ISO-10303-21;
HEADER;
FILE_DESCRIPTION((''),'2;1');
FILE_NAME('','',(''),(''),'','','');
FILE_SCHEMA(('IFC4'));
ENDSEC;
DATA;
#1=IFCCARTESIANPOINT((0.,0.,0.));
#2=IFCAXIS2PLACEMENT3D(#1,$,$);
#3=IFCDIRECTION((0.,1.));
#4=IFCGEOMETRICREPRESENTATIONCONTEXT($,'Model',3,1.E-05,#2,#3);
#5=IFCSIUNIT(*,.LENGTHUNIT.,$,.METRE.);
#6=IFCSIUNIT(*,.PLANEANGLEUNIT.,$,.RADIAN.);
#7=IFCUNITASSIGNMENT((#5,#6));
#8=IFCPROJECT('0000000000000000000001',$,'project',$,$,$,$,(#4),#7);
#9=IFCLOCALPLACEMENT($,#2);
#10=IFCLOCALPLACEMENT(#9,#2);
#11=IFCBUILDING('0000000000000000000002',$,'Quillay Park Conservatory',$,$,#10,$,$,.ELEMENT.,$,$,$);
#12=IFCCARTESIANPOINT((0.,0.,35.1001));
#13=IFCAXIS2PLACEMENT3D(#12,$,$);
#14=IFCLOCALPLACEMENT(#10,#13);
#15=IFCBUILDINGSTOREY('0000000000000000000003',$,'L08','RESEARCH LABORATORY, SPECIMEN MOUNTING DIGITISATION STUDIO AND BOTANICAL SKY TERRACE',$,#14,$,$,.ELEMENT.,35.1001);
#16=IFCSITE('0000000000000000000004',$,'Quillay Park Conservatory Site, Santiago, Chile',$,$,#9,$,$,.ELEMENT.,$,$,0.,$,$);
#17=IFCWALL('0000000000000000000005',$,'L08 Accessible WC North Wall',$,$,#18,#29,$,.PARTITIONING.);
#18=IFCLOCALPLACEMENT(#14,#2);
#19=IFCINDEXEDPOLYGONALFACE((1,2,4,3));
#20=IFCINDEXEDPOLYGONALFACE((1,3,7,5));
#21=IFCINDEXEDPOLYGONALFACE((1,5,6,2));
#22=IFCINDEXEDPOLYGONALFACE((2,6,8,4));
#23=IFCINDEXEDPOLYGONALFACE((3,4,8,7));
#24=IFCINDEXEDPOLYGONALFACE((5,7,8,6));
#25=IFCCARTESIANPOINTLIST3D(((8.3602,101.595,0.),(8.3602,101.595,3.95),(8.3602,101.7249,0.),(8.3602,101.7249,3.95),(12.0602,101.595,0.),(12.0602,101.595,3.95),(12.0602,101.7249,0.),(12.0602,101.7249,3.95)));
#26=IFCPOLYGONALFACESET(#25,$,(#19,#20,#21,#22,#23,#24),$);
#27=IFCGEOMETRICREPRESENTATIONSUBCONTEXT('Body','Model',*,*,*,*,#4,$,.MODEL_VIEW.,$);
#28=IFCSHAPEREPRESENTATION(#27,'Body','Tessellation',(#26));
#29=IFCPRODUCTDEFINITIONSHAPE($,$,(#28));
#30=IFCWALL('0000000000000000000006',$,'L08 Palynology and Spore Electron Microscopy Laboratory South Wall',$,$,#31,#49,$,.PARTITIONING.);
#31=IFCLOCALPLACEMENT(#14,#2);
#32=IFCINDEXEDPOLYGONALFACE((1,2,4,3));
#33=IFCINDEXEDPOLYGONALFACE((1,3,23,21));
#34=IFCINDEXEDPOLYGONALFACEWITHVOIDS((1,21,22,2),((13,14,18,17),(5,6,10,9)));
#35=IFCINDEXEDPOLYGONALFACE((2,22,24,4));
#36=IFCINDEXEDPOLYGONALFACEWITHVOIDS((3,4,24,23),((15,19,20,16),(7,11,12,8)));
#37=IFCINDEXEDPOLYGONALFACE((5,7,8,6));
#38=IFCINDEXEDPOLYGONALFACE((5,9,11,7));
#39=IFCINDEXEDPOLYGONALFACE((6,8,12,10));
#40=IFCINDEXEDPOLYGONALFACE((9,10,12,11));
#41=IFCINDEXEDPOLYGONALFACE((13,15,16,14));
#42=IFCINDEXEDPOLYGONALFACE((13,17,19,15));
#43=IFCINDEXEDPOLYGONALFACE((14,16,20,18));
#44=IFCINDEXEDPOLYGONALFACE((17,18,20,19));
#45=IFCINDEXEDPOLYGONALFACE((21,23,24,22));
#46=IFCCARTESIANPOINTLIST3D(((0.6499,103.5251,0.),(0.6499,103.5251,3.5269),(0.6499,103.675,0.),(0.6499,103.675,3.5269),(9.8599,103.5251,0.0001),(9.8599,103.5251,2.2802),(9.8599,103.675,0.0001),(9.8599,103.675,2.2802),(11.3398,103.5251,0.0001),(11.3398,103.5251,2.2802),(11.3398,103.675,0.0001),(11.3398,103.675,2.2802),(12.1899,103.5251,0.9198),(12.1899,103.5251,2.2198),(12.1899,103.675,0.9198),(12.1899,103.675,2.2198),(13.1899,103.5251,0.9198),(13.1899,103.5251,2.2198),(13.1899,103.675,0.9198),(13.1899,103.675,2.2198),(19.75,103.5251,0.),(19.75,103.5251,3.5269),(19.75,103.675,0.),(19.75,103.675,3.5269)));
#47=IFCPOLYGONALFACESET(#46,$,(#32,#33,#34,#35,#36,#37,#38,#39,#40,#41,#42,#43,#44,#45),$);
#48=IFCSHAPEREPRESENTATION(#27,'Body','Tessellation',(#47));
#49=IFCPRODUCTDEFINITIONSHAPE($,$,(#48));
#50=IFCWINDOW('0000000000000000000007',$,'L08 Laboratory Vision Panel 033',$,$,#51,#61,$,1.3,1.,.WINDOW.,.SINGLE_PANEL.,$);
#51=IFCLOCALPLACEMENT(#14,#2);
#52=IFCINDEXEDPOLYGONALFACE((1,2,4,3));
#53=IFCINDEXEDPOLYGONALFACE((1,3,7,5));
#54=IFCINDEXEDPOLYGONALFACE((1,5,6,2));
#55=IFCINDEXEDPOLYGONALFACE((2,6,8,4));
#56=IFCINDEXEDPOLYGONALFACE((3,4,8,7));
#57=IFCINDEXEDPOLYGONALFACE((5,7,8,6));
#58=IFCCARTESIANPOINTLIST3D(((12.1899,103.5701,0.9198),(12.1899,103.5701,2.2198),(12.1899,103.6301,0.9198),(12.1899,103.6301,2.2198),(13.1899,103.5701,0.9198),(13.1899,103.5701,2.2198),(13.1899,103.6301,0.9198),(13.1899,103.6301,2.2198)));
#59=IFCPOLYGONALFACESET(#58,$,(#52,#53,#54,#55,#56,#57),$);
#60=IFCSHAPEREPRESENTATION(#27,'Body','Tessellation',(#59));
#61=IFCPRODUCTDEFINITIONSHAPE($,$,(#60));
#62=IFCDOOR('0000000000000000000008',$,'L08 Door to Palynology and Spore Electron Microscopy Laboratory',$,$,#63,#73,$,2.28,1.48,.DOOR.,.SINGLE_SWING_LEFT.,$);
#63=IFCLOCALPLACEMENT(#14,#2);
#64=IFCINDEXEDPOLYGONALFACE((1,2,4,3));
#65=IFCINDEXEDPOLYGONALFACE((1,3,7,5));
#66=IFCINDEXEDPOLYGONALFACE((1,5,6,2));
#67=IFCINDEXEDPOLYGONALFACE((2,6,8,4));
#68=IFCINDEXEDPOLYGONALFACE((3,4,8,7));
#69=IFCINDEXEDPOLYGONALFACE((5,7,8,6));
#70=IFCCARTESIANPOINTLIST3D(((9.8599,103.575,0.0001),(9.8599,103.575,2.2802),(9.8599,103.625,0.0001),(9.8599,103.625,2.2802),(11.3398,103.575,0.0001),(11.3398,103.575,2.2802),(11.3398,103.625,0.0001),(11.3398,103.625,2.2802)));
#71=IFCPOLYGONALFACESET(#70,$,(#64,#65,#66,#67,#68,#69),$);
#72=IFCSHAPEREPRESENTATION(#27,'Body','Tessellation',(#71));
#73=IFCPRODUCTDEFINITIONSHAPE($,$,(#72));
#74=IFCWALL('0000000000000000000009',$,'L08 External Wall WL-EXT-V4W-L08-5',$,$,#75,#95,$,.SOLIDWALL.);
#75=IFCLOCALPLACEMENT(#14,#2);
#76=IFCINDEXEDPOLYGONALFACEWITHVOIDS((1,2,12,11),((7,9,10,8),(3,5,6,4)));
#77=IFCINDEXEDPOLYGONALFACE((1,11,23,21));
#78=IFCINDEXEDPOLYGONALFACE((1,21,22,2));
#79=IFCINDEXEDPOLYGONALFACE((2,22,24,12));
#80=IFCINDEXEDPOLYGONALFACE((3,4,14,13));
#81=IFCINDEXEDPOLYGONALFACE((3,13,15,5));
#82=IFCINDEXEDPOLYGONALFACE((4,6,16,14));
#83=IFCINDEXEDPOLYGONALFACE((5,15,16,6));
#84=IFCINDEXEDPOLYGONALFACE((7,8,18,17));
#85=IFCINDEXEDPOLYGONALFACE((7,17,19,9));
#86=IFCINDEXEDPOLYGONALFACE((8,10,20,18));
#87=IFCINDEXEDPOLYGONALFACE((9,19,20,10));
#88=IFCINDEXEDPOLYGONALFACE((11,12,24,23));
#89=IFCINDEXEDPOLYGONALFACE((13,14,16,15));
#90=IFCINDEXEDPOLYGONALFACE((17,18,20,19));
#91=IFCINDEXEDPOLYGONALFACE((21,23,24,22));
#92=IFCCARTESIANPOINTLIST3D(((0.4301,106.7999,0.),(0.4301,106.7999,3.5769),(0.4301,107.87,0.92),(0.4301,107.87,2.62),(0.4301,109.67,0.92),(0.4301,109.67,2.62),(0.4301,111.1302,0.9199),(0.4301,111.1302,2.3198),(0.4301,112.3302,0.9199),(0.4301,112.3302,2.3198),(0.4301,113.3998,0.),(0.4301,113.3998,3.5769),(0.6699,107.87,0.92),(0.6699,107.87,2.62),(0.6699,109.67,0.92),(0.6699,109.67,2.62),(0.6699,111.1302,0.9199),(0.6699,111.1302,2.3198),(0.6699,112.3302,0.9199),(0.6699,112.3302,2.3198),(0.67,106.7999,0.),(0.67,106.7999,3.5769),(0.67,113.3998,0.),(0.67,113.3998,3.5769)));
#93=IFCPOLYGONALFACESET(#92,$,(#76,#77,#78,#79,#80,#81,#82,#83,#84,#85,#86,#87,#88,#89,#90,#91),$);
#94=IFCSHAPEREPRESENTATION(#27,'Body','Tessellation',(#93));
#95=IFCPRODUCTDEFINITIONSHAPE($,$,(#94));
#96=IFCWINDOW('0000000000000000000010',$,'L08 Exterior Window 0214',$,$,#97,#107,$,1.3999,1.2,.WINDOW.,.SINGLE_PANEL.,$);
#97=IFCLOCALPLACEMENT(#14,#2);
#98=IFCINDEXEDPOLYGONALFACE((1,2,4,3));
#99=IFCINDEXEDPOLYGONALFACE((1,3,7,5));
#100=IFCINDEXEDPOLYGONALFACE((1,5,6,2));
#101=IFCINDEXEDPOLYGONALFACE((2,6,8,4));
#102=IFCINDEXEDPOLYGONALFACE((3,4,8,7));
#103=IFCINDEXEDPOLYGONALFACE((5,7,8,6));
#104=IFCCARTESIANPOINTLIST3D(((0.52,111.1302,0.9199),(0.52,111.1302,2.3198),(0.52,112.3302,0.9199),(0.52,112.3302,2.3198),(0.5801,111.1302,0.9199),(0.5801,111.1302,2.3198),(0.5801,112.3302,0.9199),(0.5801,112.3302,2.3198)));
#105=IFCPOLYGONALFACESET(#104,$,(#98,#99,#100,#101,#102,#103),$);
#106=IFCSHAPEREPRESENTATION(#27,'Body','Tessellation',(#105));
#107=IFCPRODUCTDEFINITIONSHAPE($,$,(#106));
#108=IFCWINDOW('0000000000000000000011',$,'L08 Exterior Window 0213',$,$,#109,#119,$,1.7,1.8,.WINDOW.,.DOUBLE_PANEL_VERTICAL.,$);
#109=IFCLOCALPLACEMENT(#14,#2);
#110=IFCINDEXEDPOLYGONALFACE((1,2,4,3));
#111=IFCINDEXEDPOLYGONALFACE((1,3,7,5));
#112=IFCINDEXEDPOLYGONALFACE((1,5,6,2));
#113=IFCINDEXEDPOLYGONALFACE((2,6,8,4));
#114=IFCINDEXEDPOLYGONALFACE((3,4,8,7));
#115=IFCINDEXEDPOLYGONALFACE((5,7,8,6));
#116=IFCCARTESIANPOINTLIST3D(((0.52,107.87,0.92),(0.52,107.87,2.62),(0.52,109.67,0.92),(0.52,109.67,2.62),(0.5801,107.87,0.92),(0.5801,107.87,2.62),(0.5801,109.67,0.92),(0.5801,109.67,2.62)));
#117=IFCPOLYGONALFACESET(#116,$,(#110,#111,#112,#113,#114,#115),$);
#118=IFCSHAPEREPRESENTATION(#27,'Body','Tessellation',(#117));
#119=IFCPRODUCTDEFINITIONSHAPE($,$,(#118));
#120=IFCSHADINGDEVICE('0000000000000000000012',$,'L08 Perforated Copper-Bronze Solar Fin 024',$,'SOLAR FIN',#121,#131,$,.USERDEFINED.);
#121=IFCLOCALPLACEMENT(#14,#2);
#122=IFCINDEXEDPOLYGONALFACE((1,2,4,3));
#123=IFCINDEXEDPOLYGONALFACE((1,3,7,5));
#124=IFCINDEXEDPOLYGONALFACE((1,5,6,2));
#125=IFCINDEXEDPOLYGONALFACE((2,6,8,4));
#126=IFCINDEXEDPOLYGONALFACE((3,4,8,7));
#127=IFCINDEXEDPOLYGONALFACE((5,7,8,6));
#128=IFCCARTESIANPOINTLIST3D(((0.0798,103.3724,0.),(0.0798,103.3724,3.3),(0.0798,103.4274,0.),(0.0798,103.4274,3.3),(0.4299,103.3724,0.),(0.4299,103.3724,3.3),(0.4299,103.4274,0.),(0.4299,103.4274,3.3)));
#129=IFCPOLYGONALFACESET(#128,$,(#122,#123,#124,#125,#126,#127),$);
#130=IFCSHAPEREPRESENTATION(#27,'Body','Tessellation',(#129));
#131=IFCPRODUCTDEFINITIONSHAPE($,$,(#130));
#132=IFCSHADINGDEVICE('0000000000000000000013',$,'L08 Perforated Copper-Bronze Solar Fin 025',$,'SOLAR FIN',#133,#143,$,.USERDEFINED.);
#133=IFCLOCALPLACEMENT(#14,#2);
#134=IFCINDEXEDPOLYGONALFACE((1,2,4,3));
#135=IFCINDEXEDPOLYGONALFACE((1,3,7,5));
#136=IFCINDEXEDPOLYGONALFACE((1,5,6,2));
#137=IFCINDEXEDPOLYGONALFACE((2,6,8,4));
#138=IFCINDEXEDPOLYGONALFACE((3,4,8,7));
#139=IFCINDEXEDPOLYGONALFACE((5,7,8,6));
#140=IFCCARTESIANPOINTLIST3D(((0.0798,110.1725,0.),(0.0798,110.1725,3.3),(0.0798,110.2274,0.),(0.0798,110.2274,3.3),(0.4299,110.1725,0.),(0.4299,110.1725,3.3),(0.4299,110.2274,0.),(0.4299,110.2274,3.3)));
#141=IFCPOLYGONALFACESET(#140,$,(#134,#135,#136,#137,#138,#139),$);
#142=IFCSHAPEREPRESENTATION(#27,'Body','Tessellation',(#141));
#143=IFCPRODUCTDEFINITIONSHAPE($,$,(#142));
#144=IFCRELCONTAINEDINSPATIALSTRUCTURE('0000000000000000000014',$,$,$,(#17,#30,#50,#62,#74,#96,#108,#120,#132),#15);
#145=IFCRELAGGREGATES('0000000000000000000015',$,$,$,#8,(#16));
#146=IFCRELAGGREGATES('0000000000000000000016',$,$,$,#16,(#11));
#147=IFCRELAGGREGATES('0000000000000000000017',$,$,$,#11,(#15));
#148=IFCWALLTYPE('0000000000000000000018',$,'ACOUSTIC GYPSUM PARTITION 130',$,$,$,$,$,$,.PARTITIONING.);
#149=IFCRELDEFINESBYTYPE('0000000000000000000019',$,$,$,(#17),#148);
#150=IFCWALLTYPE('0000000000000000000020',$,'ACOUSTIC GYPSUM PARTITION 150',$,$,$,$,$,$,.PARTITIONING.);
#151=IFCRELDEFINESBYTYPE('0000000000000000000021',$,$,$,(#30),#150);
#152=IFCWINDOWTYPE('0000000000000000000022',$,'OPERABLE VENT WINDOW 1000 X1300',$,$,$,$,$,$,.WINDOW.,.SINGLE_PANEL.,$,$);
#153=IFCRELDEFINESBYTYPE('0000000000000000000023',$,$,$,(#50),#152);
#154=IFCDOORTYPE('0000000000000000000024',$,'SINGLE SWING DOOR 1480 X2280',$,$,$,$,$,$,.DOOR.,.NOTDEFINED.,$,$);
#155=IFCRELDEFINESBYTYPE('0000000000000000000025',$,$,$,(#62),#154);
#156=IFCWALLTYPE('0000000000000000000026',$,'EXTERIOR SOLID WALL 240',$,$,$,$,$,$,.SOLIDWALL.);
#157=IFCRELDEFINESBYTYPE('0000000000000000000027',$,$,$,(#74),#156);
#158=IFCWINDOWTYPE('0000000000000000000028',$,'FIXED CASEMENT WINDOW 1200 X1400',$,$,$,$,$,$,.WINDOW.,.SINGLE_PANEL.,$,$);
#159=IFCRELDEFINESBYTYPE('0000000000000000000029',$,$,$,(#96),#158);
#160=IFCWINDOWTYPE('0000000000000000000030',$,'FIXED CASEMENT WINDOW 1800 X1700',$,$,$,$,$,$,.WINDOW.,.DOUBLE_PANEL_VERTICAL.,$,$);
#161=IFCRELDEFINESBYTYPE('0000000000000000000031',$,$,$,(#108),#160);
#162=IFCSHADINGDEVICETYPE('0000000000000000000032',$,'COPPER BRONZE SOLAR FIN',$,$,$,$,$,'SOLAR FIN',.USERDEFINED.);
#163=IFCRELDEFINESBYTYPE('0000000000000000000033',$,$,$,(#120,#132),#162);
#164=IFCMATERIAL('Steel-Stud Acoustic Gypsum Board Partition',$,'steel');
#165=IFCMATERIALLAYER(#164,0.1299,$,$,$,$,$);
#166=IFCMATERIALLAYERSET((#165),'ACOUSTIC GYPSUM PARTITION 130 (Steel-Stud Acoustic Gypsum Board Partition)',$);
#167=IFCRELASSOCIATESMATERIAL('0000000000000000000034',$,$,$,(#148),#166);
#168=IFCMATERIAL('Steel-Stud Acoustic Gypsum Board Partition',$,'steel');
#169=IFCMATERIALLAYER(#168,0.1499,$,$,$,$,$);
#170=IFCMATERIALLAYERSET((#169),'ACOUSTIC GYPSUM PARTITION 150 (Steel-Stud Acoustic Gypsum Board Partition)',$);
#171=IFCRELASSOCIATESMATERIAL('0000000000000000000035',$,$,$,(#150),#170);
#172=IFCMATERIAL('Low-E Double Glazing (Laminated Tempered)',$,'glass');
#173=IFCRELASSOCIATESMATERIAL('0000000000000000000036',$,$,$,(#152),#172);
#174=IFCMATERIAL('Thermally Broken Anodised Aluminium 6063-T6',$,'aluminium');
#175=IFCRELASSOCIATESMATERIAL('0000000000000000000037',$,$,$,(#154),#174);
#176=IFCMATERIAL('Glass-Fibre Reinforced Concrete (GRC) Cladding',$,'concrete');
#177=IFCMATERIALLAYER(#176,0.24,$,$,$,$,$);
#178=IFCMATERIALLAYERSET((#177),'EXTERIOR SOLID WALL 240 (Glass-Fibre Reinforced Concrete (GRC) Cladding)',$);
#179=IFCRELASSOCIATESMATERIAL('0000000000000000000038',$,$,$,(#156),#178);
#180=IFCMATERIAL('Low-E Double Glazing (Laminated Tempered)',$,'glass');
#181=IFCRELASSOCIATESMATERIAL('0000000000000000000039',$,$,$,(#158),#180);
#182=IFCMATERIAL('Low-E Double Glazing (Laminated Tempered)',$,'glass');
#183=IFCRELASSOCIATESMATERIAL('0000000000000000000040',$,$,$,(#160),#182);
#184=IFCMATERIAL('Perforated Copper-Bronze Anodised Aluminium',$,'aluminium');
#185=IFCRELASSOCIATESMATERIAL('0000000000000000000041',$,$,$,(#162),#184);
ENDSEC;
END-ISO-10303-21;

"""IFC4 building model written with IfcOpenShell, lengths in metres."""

from ifc_helpers import new_model, si_unit, direction, frame, frame_2d, origin, origin_2d, place, context, subcontext, project, spatial, rectangle, extrude, material, layer, layer_set, type_object, element, fill, save


model = new_model("IFC4")

# Units and contexts
model_context = context("Model", 3, precision=1e-05, world=origin(), true_north=direction((0.0, 1.0)))
body_context = subcontext(model_context, "Body", "Model", "MODEL_VIEW")
ifc_project = project(units=[si_unit("LENGTHUNIT", "METRE"), si_unit("PLANEANGLEUNIT", "RADIAN")], contexts=[model_context])

# Site, building, storey
site_placement = place(None, origin())
site = spatial("IfcSite", under=ifc_project, at=site_placement, Name="Quillay Park Conservatory Site, Santiago, Chile", CompositionType="ELEMENT", RefElevation=0.0)
building_placement = place(site_placement, origin())
building = spatial("IfcBuilding", under=site, at=building_placement, Name="Quillay Park Conservatory", CompositionType="ELEMENT")
storey_placement = place(building_placement, frame((0.0, 0.0, 35.1001)))
storey = spatial("IfcBuildingStorey", under=building, at=storey_placement, Name="L08", Description="RESEARCH LABORATORY, SPECIMEN MOUNTING DIGITISATION STUDIO AND BOTANICAL SKY TERRACE", CompositionType="ELEMENT", Elevation=35.1001)

# Wall
ifc_material_1 = material(Name="Steel-Stud Acoustic Gypsum Board Partition", Category="steel")
ifc_layer_1 = layer(ifc_material_1, 0.1299)
ifc_layer_set_1 = layer_set([ifc_layer_1], Name="ACOUSTIC GYPSUM PARTITION 130 (Steel-Stud Acoustic Gypsum Board Partition)")
wall_type_1 = type_object("IfcWallType", Name="ACOUSTIC GYPSUM PARTITION 130", PredefinedType="PARTITIONING", material=ifc_layer_set_1)
wall_1_placement = place(storey_placement, frame((8.3601, 101.6599, 0.0), z_axis=(0.0, 0.0, 1.0), x_axis=(1.0, 0.0, 0.0)))
element("IfcWall", 1, at=wall_1_placement, inside=storey, type_object=wall_type_1, Name="L08 Accessible WC North Wall", PredefinedType="PARTITIONING", context=body_context, shape_type="SweptSolid", body=[
    extrude(rectangle(XDim=3.7, YDim=0.1299, at=frame_2d((1.8501, 0.0))), origin(), (0.0, 0.0, 1.0), 3.95),
])

# Wall, openings, window, door
ifc_material_2 = material(Name="Steel-Stud Acoustic Gypsum Board Partition", Category="steel")
ifc_layer_2 = layer(ifc_material_2, 0.1499)
ifc_layer_set_2 = layer_set([ifc_layer_2], Name="ACOUSTIC GYPSUM PARTITION 150 (Steel-Stud Acoustic Gypsum Board Partition)")
wall_type_2 = type_object("IfcWallType", Name="ACOUSTIC GYPSUM PARTITION 150", PredefinedType="PARTITIONING", material=ifc_layer_set_2)
wall_2_placement = place(storey_placement, frame((0.6499, 103.6001, 0.0), z_axis=(0.0, 0.0, 1.0), x_axis=(1.0, 0.0, 0.0)))
wall_2 = element("IfcWall", 2, at=wall_2_placement, inside=storey, type_object=wall_type_2, Name="L08 Palynology and Spore Electron Microscopy Laboratory South Wall", PredefinedType="PARTITIONING", context=body_context, shape_type="SweptSolid", body=[
    extrude(rectangle(XDim=19.1001, YDim=0.1499, at=frame_2d((9.55, 0.0))), origin(), (0.0, 0.0, 1.0), 3.5269),
])
opening_1_placement = place(wall_2_placement, frame((9.21, 0.0, 0.0)))
opening_1 = element("IfcOpeningElement", 3, at=opening_1_placement, cuts=wall_2, PredefinedType="OPENING", context=body_context, shape_type="SweptSolid", body=[
    extrude(rectangle(XDim=1.48, YDim=2.28, at=frame_2d((0.74, 1.1401))), frame((0.0, 0.075, 0.0), z_axis=(0.0, -1.0, 0.0), x_axis=(1.0, 0.0, 0.0)), (0.0, 0.0, 1.0), 0.1499),
])
opening_2_placement = place(wall_2_placement, frame((11.54, 0.0, 0.9199)))
opening_2 = element("IfcOpeningElement", 4, at=opening_2_placement, cuts=wall_2, PredefinedType="OPENING", context=body_context, shape_type="SweptSolid", body=[
    extrude(rectangle(XDim=1.0, YDim=1.3, at=frame_2d((0.5, 0.6499))), frame((0.0, 0.075, 0.0), z_axis=(0.0, -1.0, 0.0), x_axis=(1.0, 0.0, 0.0)), (0.0, 0.0, 1.0), 0.1499),
])
ifc_material_3 = material(Name="Low-E Double Glazing (Laminated Tempered)", Category="glass")
window_type_1 = type_object("IfcWindowType", Name="OPERABLE VENT WINDOW 1000 X1300", PartitioningType="SINGLE_PANEL", PredefinedType="WINDOW", material=ifc_material_3)
window_1_placement = place(opening_2_placement, origin())
window_1 = element("IfcWindow", 5, at=window_1_placement, inside=storey, type_object=window_type_1, Name="L08 Laboratory Vision Panel 033", OverallHeight=1.3, OverallWidth=1.0, PartitioningType="SINGLE_PANEL", PredefinedType="WINDOW", context=body_context, shape_type="SweptSolid", body=[
    extrude(rectangle(XDim=1.0, YDim=1.3, at=frame_2d((0.5, 0.6499))), frame((0.0, 0.03, 0.0), z_axis=(0.0, -1.0, 0.0), x_axis=(1.0, 0.0, 0.0)), (0.0, 0.0, 1.0), 0.0601),
])
fill(opening_2, window_1)
ifc_material_4 = material(Name="Thermally Broken Anodised Aluminium 6063-T6", Category="aluminium")
door_type_1 = type_object("IfcDoorType", Name="SINGLE SWING DOOR 1480 X2280", OperationType="NOTDEFINED", PredefinedType="DOOR", material=ifc_material_4)
door_1_placement = place(opening_1_placement, origin())
door_1 = element("IfcDoor", 6, at=door_1_placement, inside=storey, type_object=door_type_1, Name="L08 Door to Palynology and Spore Electron Microscopy Laboratory", OperationType="SINGLE_SWING_LEFT", OverallHeight=2.28, OverallWidth=1.48, PredefinedType="DOOR", context=body_context, shape_type="SweptSolid", body=[
    extrude(rectangle(XDim=1.48, YDim=2.28, at=frame_2d((0.74, 1.1401))), frame((0.0, 0.0249, 0.0), z_axis=(0.0, -1.0, 0.0), x_axis=(1.0, 0.0, 0.0)), (0.0, 0.0, 1.0), 0.05),
])
fill(opening_1, door_1)

# Wall, openings, windows
ifc_material_5 = material(Name="Glass-Fibre Reinforced Concrete (GRC) Cladding", Category="concrete")
ifc_layer_3 = layer(ifc_material_5, 0.24)
ifc_layer_set_3 = layer_set([ifc_layer_3], Name="EXTERIOR SOLID WALL 240 (Glass-Fibre Reinforced Concrete (GRC) Cladding)")
wall_type_3 = type_object("IfcWallType", Name="EXTERIOR SOLID WALL 240", PredefinedType="SOLIDWALL", material=ifc_layer_set_3)
wall_3_placement = place(storey_placement, frame((0.55, 106.8, 0.0), z_axis=(0.0, 0.0, 1.0), x_axis=(0.0, 1.0, 0.0)))
wall_3 = element("IfcWall", 7, at=wall_3_placement, inside=storey, type_object=wall_type_3, Name="L08 External Wall WL-EXT-V4W-L08-5", PredefinedType="SOLIDWALL", context=body_context, shape_type="SweptSolid", body=[
    extrude(rectangle(XDim=6.5999, YDim=0.24, at=frame_2d((3.2998, 0.0))), origin(), (0.0, 0.0, 1.0), 3.5769),
])
opening_3_placement = place(wall_3_placement, frame((1.0701, 0.0, 0.9199)))
opening_3 = element("IfcOpeningElement", 8, at=opening_3_placement, cuts=wall_3, PredefinedType="OPENING", context=body_context, shape_type="SweptSolid", body=[
    extrude(rectangle(XDim=1.8, YDim=1.7, at=frame_2d((0.8999, 0.8501))), frame((0.0, 0.1201, 0.0), z_axis=(0.0, -1.0, 0.0), x_axis=(1.0, 0.0, 0.0)), (0.0, 0.0, 1.0), 0.24),
])
opening_4_placement = place(wall_3_placement, frame((4.3301, 0.0, 0.9199)))
opening_4 = element("IfcOpeningElement", 9, at=opening_4_placement, cuts=wall_3, PredefinedType="OPENING", context=body_context, shape_type="SweptSolid", body=[
    extrude(rectangle(XDim=1.2, YDim=1.3999, at=frame_2d((0.6001, 0.7))), frame((0.0, 0.1201, 0.0), z_axis=(0.0, -1.0, 0.0), x_axis=(1.0, 0.0, 0.0)), (0.0, 0.0, 1.0), 0.24),
])
ifc_material_6 = material(Name="Low-E Double Glazing (Laminated Tempered)", Category="glass")
window_type_2 = type_object("IfcWindowType", Name="FIXED CASEMENT WINDOW 1200 X1400", PartitioningType="SINGLE_PANEL", PredefinedType="WINDOW", material=ifc_material_6)
window_2_placement = place(opening_4_placement, origin())
window_2 = element("IfcWindow", 10, at=window_2_placement, inside=storey, type_object=window_type_2, Name="L08 Exterior Window 0214", OverallHeight=1.3999, OverallWidth=1.2, PartitioningType="SINGLE_PANEL", PredefinedType="WINDOW", context=body_context, shape_type="SweptSolid", body=[
    extrude(rectangle(XDim=1.2, YDim=1.3999, at=frame_2d((0.6001, 0.7))), frame((0.0, 0.03, 0.0), z_axis=(0.0, -1.0, 0.0), x_axis=(1.0, 0.0, 0.0)), (0.0, 0.0, 1.0), 0.0601),
])
fill(opening_4, window_2)
ifc_material_7 = material(Name="Low-E Double Glazing (Laminated Tempered)", Category="glass")
window_type_3 = type_object("IfcWindowType", Name="FIXED CASEMENT WINDOW 1800 X1700", PartitioningType="DOUBLE_PANEL_VERTICAL", PredefinedType="WINDOW", material=ifc_material_7)
window_3_placement = place(opening_3_placement, origin())
window_3 = element("IfcWindow", 11, at=window_3_placement, inside=storey, type_object=window_type_3, Name="L08 Exterior Window 0213", OverallHeight=1.7, OverallWidth=1.8, PartitioningType="DOUBLE_PANEL_VERTICAL", PredefinedType="WINDOW", context=body_context, shape_type="SweptSolid", body=[
    extrude(rectangle(XDim=1.8, YDim=1.7, at=frame_2d((0.8999, 0.8501))), frame((0.0, 0.03, 0.0), z_axis=(0.0, -1.0, 0.0), x_axis=(1.0, 0.0, 0.0)), (0.0, 0.0, 1.0), 0.0601),
])
fill(opening_3, window_3)

# Shading devices
ifc_material_8 = material(Name="Perforated Copper-Bronze Anodised Aluminium", Category="aluminium")
shading_device_type = type_object("IfcShadingDeviceType", Name="COPPER BRONZE SOLAR FIN", ElementType="SOLAR FIN", PredefinedType="USERDEFINED", material=ifc_material_8)
for number, where, z_axis, x_axis, name in (
    (12, (0.2549, 103.3999, 0.0), (0.0, 0.0, 1.0), (1.0, 0.0, 0.0), "L08 Perforated Copper-Bronze Solar Fin 024"),
    (13, (0.2549, 110.2, 0.0), (0.0, 0.0, 1.0), (1.0, 0.0, 0.0), "L08 Perforated Copper-Bronze Solar Fin 025"),
):
    element("IfcShadingDevice", number, at=place(storey_placement, frame(where, z_axis=z_axis, x_axis=x_axis)), inside=storey, type_object=shading_device_type, Name=name, ObjectType="SOLAR FIN", PredefinedType="USERDEFINED", context=body_context, shape_type="SweptSolid", body=[
        extrude(rectangle(XDim=0.3501, YDim=0.0549, at=origin_2d()), origin(), (0.0, 0.0, 1.0), 3.3),
    ])

save(model, "model.ifc")
